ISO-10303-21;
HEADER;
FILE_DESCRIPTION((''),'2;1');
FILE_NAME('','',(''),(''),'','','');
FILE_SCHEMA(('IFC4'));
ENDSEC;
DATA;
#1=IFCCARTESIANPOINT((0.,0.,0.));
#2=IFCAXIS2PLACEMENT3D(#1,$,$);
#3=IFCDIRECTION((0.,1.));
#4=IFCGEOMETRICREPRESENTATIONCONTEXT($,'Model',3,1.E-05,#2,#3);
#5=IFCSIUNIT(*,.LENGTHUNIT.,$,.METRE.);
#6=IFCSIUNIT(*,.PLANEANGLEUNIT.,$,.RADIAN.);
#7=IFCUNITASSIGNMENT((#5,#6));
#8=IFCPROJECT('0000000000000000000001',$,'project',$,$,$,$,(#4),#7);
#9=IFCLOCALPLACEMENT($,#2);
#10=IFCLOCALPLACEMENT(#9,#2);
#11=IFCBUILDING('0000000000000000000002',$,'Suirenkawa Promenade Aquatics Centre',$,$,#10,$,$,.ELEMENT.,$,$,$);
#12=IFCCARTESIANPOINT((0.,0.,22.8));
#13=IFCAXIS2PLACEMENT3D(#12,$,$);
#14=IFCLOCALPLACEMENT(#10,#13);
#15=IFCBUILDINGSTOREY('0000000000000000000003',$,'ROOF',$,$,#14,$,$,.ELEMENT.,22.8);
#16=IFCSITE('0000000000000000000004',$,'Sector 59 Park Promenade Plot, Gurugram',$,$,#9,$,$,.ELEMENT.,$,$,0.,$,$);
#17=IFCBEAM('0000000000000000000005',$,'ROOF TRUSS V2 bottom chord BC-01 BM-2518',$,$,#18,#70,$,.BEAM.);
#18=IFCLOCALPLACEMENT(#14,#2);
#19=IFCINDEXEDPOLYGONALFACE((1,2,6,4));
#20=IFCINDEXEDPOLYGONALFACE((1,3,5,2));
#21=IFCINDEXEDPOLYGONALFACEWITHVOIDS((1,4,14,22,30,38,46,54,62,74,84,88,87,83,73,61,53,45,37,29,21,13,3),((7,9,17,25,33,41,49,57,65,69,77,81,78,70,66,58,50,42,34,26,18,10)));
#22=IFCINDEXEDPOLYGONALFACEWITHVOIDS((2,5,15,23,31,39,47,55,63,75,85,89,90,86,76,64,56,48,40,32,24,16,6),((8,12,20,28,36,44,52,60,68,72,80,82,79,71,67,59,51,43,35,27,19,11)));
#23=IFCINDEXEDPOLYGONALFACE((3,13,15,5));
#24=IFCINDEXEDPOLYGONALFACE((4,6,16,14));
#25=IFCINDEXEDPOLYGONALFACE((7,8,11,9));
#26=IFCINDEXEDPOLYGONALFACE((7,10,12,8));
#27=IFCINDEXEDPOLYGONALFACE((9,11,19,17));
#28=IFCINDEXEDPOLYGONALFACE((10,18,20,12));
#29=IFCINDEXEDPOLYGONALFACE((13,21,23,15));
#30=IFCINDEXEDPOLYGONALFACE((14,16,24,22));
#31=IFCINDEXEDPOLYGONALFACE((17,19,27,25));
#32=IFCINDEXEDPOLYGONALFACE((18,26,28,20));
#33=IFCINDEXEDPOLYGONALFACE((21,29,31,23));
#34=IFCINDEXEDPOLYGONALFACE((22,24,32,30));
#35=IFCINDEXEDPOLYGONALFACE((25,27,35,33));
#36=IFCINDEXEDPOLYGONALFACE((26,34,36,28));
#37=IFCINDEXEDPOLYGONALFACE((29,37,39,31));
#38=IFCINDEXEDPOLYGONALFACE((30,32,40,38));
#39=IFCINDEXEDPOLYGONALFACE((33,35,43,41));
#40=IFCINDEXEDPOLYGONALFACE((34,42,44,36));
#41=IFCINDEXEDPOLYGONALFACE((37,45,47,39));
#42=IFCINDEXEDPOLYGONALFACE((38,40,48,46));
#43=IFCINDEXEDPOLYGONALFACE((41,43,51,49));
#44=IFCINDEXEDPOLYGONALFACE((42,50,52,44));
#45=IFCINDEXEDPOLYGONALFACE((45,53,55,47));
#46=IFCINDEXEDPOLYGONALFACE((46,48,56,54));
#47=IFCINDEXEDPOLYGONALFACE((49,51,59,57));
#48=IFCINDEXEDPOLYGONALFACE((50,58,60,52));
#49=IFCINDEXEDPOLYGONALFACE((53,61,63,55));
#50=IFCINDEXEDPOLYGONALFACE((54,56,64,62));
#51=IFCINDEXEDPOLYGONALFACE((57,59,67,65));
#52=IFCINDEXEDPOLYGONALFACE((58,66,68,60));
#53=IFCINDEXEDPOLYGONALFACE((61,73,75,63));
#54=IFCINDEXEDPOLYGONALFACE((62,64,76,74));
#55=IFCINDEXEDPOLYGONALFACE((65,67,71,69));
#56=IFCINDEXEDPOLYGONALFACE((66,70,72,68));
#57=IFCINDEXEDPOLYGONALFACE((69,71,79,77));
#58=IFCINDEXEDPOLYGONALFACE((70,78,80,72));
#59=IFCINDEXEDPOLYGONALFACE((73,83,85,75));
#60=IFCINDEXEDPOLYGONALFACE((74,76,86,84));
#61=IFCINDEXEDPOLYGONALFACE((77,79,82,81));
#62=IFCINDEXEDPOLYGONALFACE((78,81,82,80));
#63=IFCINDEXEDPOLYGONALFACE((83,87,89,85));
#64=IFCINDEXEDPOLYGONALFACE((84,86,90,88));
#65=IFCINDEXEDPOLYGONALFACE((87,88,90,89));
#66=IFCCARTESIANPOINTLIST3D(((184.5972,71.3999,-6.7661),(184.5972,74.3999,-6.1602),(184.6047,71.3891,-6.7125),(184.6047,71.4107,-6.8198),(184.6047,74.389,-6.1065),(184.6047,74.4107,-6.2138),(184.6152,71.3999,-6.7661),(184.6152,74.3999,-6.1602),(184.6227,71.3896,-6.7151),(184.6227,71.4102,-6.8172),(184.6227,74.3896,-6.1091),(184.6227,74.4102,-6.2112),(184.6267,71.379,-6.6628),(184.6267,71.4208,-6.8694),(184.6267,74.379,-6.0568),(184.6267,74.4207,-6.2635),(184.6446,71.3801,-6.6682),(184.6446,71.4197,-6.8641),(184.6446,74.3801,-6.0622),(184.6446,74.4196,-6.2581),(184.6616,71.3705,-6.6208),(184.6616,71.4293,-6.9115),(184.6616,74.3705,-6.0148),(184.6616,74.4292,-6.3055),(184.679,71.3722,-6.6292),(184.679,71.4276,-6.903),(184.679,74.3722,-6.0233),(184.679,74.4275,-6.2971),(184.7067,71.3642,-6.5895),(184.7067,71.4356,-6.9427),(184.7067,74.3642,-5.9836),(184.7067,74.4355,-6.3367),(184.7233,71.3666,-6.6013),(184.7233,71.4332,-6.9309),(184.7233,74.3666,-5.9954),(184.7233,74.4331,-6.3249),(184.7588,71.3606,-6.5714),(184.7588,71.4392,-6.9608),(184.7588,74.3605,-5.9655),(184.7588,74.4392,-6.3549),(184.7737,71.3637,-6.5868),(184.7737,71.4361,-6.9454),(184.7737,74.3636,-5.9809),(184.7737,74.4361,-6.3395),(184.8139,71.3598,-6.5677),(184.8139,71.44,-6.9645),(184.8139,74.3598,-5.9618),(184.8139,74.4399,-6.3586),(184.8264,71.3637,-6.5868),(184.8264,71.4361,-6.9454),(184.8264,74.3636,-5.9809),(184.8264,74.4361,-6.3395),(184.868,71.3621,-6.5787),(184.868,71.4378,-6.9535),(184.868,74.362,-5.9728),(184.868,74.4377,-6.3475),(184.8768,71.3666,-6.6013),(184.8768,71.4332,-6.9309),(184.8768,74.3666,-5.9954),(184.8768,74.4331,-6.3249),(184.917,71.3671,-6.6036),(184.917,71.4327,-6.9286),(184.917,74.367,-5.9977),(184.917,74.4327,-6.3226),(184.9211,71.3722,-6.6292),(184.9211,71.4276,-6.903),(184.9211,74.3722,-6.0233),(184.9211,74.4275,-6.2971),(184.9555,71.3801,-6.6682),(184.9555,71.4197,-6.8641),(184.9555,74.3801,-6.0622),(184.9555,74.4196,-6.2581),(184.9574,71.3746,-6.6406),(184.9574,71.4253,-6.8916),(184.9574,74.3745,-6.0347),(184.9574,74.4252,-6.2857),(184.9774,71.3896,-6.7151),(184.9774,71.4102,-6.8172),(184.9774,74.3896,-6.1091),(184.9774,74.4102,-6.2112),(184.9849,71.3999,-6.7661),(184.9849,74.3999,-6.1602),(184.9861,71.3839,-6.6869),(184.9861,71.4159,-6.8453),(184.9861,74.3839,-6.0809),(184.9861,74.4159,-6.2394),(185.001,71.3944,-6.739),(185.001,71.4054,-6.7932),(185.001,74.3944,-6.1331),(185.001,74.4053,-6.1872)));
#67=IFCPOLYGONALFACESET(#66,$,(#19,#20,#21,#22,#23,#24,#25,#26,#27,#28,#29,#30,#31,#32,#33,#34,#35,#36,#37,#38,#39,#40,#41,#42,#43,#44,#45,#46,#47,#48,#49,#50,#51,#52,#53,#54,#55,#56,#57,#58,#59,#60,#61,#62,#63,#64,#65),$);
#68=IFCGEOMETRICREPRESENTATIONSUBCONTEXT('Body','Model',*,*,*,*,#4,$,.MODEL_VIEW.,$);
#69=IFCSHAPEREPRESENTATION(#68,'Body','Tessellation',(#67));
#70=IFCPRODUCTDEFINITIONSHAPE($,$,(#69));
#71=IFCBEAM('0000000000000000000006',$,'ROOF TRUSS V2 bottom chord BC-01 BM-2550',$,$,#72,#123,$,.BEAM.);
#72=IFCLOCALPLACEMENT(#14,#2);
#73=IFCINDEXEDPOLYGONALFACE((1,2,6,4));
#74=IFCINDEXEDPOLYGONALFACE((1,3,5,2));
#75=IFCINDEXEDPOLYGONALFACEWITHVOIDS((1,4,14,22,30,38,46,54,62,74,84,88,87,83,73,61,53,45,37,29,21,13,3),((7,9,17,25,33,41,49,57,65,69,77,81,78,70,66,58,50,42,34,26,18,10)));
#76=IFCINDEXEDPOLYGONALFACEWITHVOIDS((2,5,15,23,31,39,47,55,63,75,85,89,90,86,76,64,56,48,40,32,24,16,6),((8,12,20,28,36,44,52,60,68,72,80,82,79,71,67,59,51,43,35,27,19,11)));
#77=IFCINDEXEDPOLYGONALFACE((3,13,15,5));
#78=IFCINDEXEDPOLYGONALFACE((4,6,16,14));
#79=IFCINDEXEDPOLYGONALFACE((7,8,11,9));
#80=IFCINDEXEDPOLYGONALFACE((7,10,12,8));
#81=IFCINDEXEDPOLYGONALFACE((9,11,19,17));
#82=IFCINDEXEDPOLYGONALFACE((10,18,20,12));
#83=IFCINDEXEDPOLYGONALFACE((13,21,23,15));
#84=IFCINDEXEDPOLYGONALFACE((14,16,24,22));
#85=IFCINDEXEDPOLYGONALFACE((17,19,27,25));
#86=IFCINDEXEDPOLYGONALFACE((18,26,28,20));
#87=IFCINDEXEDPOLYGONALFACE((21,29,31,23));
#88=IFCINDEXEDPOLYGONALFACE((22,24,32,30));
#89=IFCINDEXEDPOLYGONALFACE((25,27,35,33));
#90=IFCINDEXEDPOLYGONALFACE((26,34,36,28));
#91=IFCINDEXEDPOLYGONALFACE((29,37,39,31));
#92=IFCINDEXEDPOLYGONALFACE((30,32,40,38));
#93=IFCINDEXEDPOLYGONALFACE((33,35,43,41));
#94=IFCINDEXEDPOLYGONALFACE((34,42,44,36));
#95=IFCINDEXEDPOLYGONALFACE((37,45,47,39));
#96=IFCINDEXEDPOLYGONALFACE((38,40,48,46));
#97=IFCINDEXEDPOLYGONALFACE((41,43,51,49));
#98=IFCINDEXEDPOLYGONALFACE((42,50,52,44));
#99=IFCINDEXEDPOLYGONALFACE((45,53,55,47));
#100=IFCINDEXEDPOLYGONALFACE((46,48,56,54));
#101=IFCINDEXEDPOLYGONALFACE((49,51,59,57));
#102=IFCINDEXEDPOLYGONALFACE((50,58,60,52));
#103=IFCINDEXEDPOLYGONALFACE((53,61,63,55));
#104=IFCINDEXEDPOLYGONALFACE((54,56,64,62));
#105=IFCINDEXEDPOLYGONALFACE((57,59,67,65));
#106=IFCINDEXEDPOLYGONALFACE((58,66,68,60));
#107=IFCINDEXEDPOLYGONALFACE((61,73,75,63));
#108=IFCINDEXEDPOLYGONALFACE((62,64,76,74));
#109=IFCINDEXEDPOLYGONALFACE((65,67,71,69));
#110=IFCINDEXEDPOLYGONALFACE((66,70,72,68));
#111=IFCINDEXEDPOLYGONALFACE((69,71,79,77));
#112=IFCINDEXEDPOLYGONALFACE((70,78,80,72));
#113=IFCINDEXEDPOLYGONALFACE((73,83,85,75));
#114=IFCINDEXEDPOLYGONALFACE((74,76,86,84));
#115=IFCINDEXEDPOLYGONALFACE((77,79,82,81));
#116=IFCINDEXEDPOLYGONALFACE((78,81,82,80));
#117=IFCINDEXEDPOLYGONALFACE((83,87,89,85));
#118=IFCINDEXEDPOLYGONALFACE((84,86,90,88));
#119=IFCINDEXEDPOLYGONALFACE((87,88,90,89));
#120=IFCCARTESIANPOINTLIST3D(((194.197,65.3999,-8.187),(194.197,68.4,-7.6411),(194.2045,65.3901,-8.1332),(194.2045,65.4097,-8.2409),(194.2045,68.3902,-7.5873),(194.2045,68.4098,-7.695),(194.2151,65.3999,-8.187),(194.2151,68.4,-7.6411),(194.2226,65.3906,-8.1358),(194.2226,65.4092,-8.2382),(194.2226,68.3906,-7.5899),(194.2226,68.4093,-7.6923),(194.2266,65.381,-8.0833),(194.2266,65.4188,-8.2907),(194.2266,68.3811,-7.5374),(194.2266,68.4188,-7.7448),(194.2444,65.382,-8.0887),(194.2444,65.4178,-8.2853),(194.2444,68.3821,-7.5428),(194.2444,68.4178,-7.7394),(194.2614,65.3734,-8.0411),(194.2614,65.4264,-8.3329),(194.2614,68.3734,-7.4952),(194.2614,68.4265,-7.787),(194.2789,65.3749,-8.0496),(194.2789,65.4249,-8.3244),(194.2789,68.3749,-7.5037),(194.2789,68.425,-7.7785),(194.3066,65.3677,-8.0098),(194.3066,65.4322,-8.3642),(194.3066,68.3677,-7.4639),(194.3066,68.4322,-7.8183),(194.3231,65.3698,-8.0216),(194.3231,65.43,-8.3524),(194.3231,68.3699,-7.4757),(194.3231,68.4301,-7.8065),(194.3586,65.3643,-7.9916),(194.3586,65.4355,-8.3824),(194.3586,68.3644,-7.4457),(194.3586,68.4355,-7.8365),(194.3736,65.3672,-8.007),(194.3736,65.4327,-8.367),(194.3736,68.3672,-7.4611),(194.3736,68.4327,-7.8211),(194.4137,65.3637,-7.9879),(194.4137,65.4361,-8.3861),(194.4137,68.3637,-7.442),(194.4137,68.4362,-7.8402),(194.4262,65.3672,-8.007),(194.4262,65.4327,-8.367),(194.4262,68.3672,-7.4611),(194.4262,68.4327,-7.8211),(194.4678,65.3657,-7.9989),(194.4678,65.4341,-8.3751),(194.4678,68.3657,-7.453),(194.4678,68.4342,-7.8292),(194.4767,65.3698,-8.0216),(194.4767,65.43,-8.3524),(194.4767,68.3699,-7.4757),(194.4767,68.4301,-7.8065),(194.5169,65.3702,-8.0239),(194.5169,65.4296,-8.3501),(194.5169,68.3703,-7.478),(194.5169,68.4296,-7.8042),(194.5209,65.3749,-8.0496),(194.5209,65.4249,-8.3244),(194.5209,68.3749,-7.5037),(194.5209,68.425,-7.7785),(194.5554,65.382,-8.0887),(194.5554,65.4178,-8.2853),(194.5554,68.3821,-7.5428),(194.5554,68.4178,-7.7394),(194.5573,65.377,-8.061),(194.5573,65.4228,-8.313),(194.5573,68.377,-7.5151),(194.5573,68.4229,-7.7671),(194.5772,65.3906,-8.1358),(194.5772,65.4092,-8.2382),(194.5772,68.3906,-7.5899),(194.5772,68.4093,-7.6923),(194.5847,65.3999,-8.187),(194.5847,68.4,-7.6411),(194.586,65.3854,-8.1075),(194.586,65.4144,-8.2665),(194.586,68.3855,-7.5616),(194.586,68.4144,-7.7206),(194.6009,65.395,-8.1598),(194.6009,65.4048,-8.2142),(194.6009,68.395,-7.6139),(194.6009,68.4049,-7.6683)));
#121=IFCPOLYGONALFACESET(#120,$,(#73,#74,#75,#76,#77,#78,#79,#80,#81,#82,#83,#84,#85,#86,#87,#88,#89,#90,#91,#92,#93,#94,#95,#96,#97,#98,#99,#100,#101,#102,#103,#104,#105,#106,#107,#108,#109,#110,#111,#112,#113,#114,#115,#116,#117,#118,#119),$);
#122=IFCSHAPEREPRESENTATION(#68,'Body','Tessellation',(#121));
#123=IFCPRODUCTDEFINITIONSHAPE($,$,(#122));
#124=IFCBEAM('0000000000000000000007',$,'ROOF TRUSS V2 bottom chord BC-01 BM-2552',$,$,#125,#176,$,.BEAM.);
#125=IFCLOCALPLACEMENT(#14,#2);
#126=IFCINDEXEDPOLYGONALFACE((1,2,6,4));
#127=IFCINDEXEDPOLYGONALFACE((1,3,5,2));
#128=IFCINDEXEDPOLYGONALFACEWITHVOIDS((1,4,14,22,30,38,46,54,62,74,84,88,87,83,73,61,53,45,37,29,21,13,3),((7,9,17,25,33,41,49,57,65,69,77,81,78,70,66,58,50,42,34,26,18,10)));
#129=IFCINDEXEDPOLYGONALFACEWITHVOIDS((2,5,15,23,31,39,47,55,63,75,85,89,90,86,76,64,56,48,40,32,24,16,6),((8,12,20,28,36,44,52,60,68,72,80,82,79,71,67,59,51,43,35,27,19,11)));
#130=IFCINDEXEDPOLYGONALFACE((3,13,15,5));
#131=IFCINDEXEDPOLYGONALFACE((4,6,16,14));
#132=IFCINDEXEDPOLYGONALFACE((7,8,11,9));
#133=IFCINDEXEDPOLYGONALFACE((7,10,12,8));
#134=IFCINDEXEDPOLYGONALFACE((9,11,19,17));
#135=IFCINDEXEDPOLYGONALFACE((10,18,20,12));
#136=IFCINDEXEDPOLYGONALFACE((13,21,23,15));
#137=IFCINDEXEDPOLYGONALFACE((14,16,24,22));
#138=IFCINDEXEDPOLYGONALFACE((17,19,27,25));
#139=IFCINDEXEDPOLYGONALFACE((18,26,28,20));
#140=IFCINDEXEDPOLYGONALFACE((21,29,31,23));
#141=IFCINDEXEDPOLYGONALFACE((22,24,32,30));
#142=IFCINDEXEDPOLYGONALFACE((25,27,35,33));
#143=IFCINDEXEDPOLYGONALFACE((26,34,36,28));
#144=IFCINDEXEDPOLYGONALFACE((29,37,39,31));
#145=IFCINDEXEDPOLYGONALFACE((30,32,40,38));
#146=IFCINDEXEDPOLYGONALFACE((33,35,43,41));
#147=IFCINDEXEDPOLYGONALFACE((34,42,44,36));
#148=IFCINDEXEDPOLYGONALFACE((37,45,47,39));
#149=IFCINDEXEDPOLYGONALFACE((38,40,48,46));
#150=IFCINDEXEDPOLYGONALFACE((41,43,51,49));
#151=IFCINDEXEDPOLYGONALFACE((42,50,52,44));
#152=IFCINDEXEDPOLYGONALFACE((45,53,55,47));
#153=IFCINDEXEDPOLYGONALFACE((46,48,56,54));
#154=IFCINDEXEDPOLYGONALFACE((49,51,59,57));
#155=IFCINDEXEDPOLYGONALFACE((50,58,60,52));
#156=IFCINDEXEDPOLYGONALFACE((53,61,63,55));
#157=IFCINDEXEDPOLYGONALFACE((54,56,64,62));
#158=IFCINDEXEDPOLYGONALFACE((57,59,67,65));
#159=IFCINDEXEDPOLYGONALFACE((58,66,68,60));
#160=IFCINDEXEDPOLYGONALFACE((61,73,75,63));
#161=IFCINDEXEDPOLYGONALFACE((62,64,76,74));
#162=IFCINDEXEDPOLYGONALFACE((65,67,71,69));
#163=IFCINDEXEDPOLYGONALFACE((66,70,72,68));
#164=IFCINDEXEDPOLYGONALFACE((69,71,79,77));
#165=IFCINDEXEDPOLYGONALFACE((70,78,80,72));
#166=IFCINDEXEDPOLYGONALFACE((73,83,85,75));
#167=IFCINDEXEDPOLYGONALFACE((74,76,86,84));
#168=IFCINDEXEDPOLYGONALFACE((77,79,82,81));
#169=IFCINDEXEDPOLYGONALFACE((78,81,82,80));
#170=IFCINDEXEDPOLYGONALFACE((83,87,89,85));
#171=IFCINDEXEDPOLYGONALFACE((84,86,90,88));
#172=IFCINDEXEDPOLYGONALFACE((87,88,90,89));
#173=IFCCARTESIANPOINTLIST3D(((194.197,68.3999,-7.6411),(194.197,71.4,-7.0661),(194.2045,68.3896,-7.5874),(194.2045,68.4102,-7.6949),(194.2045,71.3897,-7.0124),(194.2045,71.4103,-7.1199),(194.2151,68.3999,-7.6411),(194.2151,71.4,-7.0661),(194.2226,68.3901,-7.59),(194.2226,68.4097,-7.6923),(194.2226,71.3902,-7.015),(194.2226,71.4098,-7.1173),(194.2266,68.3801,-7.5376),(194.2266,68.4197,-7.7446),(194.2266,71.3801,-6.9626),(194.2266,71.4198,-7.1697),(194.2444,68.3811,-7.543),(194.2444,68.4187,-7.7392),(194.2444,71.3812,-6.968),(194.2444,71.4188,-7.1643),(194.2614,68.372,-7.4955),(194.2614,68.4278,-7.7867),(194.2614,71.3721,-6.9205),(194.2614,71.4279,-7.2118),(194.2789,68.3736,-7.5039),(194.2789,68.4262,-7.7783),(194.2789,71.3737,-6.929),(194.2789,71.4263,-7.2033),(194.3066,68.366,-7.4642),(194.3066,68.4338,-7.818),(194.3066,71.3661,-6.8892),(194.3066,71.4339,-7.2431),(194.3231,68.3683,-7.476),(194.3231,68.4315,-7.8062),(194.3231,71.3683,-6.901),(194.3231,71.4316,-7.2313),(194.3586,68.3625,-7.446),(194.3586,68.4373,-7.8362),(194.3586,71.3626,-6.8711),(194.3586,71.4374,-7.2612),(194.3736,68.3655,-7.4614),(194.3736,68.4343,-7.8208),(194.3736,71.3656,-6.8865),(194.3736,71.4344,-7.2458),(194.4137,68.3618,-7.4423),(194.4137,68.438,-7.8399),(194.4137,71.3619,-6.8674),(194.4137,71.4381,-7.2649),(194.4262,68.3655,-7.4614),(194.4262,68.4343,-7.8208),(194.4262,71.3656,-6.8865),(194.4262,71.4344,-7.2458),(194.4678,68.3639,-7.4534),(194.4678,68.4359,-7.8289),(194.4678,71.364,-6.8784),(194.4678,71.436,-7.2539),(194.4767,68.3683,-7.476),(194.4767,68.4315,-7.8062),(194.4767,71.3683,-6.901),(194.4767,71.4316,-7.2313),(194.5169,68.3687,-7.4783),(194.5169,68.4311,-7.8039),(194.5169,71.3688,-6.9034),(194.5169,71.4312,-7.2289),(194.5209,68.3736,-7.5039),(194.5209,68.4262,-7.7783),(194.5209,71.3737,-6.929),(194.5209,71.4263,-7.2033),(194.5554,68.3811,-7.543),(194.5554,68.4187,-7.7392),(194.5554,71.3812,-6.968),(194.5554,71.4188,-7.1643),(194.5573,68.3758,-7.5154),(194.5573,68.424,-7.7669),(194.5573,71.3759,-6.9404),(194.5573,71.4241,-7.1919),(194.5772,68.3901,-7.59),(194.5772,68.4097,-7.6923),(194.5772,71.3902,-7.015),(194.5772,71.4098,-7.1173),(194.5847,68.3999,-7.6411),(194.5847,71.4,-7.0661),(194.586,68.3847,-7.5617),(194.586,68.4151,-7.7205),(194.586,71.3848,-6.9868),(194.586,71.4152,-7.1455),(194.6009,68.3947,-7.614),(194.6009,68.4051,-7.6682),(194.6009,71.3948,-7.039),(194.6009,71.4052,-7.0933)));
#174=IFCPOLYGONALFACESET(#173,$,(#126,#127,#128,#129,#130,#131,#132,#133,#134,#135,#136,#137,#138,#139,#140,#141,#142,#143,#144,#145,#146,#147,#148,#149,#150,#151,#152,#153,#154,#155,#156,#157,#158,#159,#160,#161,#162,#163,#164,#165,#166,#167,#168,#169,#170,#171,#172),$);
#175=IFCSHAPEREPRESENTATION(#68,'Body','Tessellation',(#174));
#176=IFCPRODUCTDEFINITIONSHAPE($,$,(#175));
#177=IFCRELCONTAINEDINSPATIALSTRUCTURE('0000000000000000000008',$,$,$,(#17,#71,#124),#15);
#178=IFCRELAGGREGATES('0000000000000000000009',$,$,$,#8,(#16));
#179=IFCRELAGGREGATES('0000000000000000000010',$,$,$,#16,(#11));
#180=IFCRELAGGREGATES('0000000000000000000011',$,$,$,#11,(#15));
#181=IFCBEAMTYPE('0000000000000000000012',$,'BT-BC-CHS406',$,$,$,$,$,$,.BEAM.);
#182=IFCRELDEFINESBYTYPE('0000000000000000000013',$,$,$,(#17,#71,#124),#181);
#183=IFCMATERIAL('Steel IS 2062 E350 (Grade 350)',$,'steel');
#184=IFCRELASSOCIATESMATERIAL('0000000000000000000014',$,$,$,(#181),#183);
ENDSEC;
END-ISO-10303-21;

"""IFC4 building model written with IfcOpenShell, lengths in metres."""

from ifc_helpers import new_model, si_unit, direction, frame, origin, origin_2d, place, context, subcontext, project, spatial, hollow_circle, extrude, material, material_profile, profile_set, type_object, element, save


model = new_model("IFC4")

# Units and contexts
model_context = context("Model", 3, precision=1e-05, world=origin(), true_north=direction((0.0, 1.0)))
body_context = subcontext(model_context, "Body", "Model", "MODEL_VIEW")
ifc_project = project(units=[si_unit("LENGTHUNIT", "METRE"), si_unit("PLANEANGLEUNIT", "RADIAN")], contexts=[model_context])

# Site, building, storey
site_placement = place(None, origin())
site = spatial("IfcSite", under=ifc_project, at=site_placement, Name="Sector 59 Park Promenade Plot, Gurugram", CompositionType="ELEMENT", RefElevation=0.0)
building_placement = place(site_placement, origin())
building = spatial("IfcBuilding", under=site, at=building_placement, Name="Suirenkawa Promenade Aquatics Centre", CompositionType="ELEMENT")
storey_placement = place(building_placement, frame((0.0, 0.0, 22.8)))
storey = spatial("IfcBuildingStorey", under=building, at=storey_placement, Name="ROOF", CompositionType="ELEMENT", Elevation=22.8)

# Beams
ifc_material = material(Name="Steel IS 2062 E350 (Grade 350)", Category="steel")
ifc_material_profile_1 = material_profile(ifc_material, hollow_circle(Radius=0.2029, WallThickness=0.0181, at=origin_2d()), Name="CHS 406x18", Category="steel")
ifc_profile_set_1 = profile_set([ifc_material_profile_1], Name="Steel IS 2062 E350 (Grade 350)")
beam_type_1 = type_object("IfcBeamType", Name="BT-BC-CHS406", PredefinedType="BEAM", material=ifc_profile_set_1)
beam_1_placement = place(storey_placement, frame((184.8, 71.3999, -6.7661), z_axis=(0.0, 0.980205, 0.197987), x_axis=(-1.0, 0.0, 0.0)))
element("IfcBeam", 1, at=beam_1_placement, inside=storey, type_object=beam_type_1, Name="ROOF TRUSS V2 bottom chord BC-01 BM-2518", PredefinedType="BEAM", context=body_context, shape_type="SweptSolid", body=[
    extrude(hollow_circle(Radius=0.2029, WallThickness=0.0181, at=origin_2d()), origin(), (0.0, 0.0, 1.0), 3.0605),
])
beam_2_placement = place(storey_placement, frame((194.3999, 65.3999, -8.187), z_axis=(0.0, 0.983844, 0.179026), x_axis=(-1.0, 0.0, 0.0)))
element("IfcBeam", 2, at=beam_2_placement, inside=storey, type_object=beam_type_1, Name="ROOF TRUSS V2 bottom chord BC-01 BM-2550", PredefinedType="BEAM", context=body_context, shape_type="SweptSolid", body=[
    extrude(hollow_circle(Radius=0.2029, WallThickness=0.0181, at=origin_2d()), origin(), (0.0, 0.0, 1.0), 3.0493),
])
beam_3_placement = place(storey_placement, frame((194.3999, 68.3999, -7.6411), z_axis=(0.0, 0.982126, 0.188225), x_axis=(-1.0, 0.0, 0.0)))
element("IfcBeam", 3, at=beam_3_placement, inside=storey, type_object=beam_type_1, Name="ROOF TRUSS V2 bottom chord BC-01 BM-2552", PredefinedType="BEAM", context=body_context, shape_type="SweptSolid", body=[
    extrude(hollow_circle(Radius=0.2029, WallThickness=0.0181, at=origin_2d()), origin(), (0.0, 0.0, 1.0), 3.0547),
])

save(model, "model.ifc")
